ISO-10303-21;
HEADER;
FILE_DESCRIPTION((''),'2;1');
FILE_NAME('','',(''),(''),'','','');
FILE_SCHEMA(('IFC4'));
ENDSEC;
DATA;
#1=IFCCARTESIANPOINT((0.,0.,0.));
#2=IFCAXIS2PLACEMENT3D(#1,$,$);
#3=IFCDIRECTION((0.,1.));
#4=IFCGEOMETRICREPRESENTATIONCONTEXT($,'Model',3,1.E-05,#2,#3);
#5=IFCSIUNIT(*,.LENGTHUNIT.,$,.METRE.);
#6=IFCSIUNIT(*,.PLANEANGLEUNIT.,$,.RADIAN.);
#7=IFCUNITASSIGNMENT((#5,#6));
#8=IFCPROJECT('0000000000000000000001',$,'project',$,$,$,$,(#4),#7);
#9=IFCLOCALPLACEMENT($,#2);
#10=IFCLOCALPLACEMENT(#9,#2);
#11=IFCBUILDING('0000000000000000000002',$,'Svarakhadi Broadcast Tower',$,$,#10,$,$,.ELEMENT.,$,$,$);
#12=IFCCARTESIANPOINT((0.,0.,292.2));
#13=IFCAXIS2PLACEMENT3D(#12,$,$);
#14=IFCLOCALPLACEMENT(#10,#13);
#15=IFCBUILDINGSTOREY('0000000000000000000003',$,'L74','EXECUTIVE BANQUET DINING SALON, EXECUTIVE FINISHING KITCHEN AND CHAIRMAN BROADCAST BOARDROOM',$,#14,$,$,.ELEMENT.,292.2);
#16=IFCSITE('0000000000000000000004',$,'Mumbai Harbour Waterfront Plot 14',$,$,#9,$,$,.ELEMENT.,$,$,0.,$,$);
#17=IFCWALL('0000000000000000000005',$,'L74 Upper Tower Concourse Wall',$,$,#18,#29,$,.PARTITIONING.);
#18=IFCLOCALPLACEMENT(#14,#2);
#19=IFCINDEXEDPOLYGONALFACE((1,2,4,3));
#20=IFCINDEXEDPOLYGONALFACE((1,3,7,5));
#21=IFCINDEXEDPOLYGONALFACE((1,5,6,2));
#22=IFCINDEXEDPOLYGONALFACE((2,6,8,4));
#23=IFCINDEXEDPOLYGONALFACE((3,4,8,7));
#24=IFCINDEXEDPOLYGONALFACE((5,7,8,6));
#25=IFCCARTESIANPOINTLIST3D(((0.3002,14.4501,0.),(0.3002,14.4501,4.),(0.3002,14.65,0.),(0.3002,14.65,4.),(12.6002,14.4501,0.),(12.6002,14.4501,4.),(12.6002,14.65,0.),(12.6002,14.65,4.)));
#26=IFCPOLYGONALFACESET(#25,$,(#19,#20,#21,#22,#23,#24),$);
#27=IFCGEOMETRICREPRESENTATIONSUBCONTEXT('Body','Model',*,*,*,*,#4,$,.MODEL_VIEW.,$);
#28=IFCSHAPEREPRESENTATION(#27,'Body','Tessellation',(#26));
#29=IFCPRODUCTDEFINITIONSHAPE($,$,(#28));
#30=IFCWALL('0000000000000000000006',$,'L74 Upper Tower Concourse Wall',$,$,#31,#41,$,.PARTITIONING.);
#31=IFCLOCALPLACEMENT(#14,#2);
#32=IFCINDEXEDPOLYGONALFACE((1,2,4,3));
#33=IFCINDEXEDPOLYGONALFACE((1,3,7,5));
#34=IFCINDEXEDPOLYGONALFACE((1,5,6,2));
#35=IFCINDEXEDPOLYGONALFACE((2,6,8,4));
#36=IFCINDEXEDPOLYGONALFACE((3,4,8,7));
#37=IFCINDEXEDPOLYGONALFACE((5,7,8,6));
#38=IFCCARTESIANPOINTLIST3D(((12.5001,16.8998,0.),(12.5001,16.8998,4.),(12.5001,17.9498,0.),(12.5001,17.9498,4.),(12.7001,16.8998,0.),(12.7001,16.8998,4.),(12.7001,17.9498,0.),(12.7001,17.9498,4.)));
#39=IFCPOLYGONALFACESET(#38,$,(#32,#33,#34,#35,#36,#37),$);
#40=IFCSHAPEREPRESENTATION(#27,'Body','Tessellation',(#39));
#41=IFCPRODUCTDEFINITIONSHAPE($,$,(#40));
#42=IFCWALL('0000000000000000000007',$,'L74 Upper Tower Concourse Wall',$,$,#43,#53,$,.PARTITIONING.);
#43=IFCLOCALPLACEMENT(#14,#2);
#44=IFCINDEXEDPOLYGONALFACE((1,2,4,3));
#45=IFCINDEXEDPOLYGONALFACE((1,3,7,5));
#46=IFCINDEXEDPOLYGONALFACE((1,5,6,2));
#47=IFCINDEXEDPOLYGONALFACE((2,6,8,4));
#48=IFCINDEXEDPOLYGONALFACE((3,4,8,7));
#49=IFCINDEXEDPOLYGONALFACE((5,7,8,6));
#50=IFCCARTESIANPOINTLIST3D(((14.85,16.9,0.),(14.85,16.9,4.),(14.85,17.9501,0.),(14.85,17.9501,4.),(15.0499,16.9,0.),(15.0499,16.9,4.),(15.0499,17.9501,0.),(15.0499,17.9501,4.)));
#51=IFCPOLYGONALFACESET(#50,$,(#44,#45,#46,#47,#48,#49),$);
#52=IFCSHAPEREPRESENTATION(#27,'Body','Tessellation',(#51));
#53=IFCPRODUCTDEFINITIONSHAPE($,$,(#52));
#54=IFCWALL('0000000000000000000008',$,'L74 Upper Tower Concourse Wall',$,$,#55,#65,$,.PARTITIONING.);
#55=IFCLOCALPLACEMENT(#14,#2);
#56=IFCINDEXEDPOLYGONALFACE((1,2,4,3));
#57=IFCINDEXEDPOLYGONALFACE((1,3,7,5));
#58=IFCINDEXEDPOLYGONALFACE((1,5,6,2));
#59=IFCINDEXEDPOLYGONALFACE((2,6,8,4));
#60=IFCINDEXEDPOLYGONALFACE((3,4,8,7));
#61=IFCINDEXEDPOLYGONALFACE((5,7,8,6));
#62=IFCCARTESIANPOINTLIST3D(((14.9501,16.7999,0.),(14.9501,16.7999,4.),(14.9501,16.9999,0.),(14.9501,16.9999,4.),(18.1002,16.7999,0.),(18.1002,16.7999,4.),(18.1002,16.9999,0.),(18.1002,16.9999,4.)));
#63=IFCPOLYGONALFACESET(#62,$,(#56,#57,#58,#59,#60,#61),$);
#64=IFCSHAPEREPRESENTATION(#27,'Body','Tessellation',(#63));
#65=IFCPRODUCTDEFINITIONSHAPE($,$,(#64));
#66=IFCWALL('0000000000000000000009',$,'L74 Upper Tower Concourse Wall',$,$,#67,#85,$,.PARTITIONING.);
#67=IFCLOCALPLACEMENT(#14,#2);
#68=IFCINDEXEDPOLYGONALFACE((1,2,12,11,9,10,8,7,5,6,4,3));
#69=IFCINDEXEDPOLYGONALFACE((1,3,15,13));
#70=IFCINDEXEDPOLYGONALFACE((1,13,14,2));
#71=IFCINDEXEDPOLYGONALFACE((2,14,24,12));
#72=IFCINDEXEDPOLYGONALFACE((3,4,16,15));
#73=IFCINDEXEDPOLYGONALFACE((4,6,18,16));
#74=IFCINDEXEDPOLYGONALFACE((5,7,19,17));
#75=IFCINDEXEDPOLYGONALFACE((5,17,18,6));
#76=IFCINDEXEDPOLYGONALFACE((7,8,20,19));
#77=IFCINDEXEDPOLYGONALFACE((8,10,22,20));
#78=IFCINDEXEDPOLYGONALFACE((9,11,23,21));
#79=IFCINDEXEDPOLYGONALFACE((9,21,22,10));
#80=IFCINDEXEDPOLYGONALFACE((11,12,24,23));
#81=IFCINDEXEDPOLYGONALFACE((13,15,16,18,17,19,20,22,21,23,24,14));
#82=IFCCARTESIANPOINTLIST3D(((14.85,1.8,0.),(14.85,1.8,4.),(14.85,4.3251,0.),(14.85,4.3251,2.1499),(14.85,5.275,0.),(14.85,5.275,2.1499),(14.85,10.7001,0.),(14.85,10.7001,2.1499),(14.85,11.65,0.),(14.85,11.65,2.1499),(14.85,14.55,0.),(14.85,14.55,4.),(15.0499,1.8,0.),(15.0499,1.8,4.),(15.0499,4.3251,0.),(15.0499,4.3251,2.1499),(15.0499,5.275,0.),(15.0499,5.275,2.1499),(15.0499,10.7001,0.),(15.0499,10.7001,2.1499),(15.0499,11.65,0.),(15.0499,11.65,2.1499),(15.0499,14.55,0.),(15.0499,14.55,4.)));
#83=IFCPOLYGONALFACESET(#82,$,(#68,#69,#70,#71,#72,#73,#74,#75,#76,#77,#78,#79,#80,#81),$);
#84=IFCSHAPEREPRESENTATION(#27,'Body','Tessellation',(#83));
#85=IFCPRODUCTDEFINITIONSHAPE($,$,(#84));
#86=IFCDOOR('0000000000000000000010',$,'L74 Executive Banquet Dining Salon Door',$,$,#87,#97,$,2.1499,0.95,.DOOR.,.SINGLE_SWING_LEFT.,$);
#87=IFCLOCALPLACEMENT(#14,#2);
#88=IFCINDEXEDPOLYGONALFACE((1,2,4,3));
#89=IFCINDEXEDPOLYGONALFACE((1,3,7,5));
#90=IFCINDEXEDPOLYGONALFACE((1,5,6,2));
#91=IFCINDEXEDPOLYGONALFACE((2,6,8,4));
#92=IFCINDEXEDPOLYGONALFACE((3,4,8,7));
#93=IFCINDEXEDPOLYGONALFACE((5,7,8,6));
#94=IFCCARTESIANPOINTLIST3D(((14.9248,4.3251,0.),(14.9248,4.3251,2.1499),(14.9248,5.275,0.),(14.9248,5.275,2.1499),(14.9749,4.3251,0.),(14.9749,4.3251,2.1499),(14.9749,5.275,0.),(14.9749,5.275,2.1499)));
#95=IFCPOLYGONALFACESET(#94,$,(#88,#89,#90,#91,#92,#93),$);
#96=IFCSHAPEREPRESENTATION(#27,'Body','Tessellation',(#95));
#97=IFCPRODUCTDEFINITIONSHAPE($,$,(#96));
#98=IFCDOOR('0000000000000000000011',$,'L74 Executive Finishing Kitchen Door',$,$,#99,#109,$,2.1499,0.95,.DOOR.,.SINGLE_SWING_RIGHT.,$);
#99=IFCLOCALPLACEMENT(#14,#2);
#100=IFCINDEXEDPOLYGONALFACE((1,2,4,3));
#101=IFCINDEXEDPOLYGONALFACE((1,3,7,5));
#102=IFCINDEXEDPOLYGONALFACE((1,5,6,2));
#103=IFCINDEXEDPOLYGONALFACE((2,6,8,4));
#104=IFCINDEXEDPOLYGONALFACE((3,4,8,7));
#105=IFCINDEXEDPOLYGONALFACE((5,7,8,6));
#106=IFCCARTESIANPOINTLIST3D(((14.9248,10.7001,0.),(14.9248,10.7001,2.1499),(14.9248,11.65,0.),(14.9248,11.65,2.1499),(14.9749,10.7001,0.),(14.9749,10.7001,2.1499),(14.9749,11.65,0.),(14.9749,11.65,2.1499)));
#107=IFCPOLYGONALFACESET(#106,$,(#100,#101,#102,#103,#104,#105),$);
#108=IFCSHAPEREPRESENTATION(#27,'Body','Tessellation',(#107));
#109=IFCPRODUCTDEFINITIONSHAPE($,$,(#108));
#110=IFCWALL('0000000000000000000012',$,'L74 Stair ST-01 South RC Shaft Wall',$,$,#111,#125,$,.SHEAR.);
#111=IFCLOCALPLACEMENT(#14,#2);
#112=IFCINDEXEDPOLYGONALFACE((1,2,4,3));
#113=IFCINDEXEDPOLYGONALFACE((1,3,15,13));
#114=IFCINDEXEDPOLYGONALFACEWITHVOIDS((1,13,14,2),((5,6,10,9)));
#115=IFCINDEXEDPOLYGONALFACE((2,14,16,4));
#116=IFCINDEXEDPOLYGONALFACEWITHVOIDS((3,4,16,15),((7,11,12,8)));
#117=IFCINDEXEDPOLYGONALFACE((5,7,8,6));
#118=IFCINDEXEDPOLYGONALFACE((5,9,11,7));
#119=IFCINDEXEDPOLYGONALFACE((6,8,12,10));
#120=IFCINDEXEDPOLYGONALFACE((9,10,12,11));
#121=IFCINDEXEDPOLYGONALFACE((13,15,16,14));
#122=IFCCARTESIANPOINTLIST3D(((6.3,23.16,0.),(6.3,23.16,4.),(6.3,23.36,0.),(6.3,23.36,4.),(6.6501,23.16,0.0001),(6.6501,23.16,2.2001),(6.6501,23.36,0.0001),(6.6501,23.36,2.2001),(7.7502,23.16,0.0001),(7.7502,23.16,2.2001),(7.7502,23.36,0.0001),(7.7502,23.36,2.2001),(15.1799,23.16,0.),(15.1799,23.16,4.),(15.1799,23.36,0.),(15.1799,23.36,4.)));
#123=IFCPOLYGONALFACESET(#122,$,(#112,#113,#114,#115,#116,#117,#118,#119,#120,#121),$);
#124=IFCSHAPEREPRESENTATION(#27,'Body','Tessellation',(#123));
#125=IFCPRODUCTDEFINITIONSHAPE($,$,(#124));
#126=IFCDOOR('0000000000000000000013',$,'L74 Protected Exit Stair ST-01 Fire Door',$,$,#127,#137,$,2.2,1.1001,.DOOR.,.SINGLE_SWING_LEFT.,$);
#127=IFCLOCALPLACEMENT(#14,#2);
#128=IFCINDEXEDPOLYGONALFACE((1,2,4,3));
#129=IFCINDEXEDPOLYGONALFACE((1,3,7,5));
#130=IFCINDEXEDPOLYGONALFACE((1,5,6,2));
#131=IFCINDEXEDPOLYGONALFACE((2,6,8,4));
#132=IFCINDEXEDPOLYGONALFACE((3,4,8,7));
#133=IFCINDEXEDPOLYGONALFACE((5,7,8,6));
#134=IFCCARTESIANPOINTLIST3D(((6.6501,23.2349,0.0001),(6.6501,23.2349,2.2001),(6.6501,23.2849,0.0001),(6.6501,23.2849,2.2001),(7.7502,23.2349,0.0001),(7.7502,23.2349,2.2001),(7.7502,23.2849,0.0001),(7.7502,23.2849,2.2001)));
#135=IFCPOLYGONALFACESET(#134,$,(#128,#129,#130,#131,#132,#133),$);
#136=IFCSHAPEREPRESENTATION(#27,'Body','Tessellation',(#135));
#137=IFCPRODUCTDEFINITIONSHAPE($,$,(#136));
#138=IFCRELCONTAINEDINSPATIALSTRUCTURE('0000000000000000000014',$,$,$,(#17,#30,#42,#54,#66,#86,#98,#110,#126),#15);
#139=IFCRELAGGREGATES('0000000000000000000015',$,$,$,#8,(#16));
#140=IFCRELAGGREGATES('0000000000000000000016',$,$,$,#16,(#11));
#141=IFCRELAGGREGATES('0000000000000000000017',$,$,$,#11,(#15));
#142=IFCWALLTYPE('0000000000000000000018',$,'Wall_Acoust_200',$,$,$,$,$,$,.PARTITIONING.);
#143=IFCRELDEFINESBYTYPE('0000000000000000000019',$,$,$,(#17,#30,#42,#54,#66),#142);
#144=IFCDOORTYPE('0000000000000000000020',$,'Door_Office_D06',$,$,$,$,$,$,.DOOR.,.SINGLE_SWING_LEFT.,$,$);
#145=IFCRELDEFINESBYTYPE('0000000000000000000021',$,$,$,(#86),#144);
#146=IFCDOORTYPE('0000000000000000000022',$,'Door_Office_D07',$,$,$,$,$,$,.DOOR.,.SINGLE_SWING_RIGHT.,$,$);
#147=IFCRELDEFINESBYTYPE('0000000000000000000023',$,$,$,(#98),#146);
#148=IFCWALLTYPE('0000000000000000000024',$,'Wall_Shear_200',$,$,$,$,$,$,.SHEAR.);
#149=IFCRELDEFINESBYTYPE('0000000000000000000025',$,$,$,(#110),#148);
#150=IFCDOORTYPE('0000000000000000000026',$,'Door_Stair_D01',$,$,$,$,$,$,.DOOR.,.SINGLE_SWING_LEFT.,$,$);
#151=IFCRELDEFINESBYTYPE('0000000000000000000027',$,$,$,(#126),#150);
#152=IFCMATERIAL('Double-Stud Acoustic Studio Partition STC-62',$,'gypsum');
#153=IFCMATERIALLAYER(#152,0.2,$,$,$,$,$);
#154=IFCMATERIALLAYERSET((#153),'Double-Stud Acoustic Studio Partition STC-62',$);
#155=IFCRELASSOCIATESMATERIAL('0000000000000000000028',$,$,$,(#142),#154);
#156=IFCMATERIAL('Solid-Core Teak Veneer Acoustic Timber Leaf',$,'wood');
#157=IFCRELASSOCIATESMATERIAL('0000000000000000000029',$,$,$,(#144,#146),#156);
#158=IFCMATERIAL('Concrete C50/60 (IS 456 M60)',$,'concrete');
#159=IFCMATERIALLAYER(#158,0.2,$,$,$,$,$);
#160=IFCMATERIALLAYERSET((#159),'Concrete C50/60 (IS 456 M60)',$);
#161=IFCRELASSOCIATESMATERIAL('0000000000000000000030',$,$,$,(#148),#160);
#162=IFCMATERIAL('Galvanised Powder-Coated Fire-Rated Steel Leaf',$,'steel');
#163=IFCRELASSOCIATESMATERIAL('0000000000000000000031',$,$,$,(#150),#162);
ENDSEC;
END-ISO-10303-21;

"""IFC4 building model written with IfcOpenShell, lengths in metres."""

from ifc_helpers import new_model, si_unit, direction, frame, frame_2d, origin, place, context, subcontext, project, spatial, rectangle, extrude, material, layer, layer_set, type_object, element, fill, save


model = new_model("IFC4")

# Units and contexts
model_context = context("Model", 3, precision=1e-05, world=origin(), true_north=direction((0.0, 1.0)))
body_context = subcontext(model_context, "Body", "Model", "MODEL_VIEW")
ifc_project = project(units=[si_unit("LENGTHUNIT", "METRE"), si_unit("PLANEANGLEUNIT", "RADIAN")], contexts=[model_context])

# Site, building, storey
site_placement = place(None, origin())
site = spatial("IfcSite", under=ifc_project, at=site_placement, Name="Mumbai Harbour Waterfront Plot 14", CompositionType="ELEMENT", RefElevation=0.0)
building_placement = place(site_placement, origin())
building = spatial("IfcBuilding", under=site, at=building_placement, Name="Svarakhadi Broadcast Tower", CompositionType="ELEMENT")
storey_placement = place(building_placement, frame((0.0, 0.0, 292.2)))
storey = spatial("IfcBuildingStorey", under=building, at=storey_placement, Name="L74", Description="EXECUTIVE BANQUET DINING SALON, EXECUTIVE FINISHING KITCHEN AND CHAIRMAN BROADCAST BOARDROOM", CompositionType="ELEMENT", Elevation=292.2)

# Shared definitions
ifc_material_1 = material(Name="Concrete C50/60 (IS 456 M60)", Category="concrete")

# Walls
ifc_material_2 = material(Name="Double-Stud Acoustic Studio Partition STC-62", Category="gypsum")
ifc_layer_1 = layer(ifc_material_2, 0.2)
ifc_layer_set_1 = layer_set([ifc_layer_1], Name="Double-Stud Acoustic Studio Partition STC-62")
wall_type_1 = type_object("IfcWallType", Name="Wall_Acoust_200", PredefinedType="PARTITIONING", material=ifc_layer_set_1)
wall_1_placement = place(storey_placement, frame((12.6001, 14.55, 0.0), z_axis=(0.0, 0.0, 1.0), x_axis=(-1.0, 0.0, 0.0)))
element("IfcWall", 1, at=wall_1_placement, inside=storey, type_object=wall_type_1, Name="L74 Upper Tower Concourse Wall", PredefinedType="PARTITIONING", context=body_context, shape_type="SweptSolid", body=[
    extrude(rectangle(XDim=12.3, YDim=0.2, at=frame_2d((6.1499, 0.0))), origin(), (0.0, 0.0, 1.0), 4.0),
])
for number, where, z_axis, x_axis, name in (
    (2, (12.6001, 16.8999, 0.0), (0.0, 0.0, 1.0), (0.0, 1.0, 0.0), "L74 Upper Tower Concourse Wall"),
    (3, (14.95, 17.95, 0.0), (0.0, 0.0, 1.0), (0.0, -1.0, 0.0), "L74 Upper Tower Concourse Wall"),
):
    element("IfcWall", number, at=place(storey_placement, frame(where, z_axis=z_axis, x_axis=x_axis)), inside=storey, type_object=wall_type_1, Name=name, PredefinedType="PARTITIONING", context=body_context, shape_type="SweptSolid", body=[
        extrude(rectangle(XDim=1.05, YDim=0.2, at=frame_2d((0.5249, 0.0))), origin(), (0.0, 0.0, 1.0), 4.0),
    ])
wall_2_placement = place(storey_placement, frame((14.95, 16.8999, 0.0), z_axis=(0.0, 0.0, 1.0), x_axis=(1.0, 0.0, 0.0)))
element("IfcWall", 4, at=wall_2_placement, inside=storey, type_object=wall_type_1, Name="L74 Upper Tower Concourse Wall", PredefinedType="PARTITIONING", context=body_context, shape_type="SweptSolid", body=[
    extrude(rectangle(XDim=3.1501, YDim=0.2, at=frame_2d((1.5752, 0.0))), origin(), (0.0, 0.0, 1.0), 4.0),
])

# Wall, openings, doors
wall_3_placement = place(storey_placement, frame((14.95, 14.55, 0.0), z_axis=(0.0, 0.0, 1.0), x_axis=(0.0, -1.0, 0.0)))
wall_3 = element("IfcWall", 5, at=wall_3_placement, inside=storey, type_object=wall_type_1, Name="L74 Upper Tower Concourse Wall", PredefinedType="PARTITIONING", context=body_context, shape_type="SweptSolid", body=[
    extrude(rectangle(XDim=12.75, YDim=0.2, at=frame_2d((6.375, 0.0))), origin(), (0.0, 0.0, 1.0), 4.0),
])
opening_1_placement = place(wall_3_placement, frame((9.2749, 0.0, 0.0)))
opening_1 = element("IfcOpeningElement", 6, at=opening_1_placement, cuts=wall_3, PredefinedType="OPENING", context=body_context, shape_type="SweptSolid", body=[
    extrude(rectangle(XDim=0.95, YDim=2.1499, at=frame_2d((0.4751, 1.075))), frame((0.0, 0.1099, 0.0), z_axis=(0.0, -1.0, 0.0), x_axis=(1.0, 0.0, 0.0)), (0.0, 0.0, 1.0), 0.22),
])
opening_2_placement = place(wall_3_placement, frame((2.8999, 0.0, 0.0)))
opening_2 = element("IfcOpeningElement", 7, at=opening_2_placement, cuts=wall_3, PredefinedType="OPENING", context=body_context, shape_type="SweptSolid", body=[
    extrude(rectangle(XDim=0.95, YDim=2.1499, at=frame_2d((0.4751, 1.075))), frame((0.0, 0.1099, 0.0), z_axis=(0.0, -1.0, 0.0), x_axis=(1.0, 0.0, 0.0)), (0.0, 0.0, 1.0), 0.22),
])
ifc_material_3 = material(Name="Solid-Core Teak Veneer Acoustic Timber Leaf", Category="wood")
door_type_1 = type_object("IfcDoorType", Name="Door_Office_D06", OperationType="SINGLE_SWING_LEFT", PredefinedType="DOOR", material=ifc_material_3)
door_1_placement = place(opening_1_placement, origin())
door_1 = element("IfcDoor", 8, at=door_1_placement, inside=storey, type_object=door_type_1, Name="L74 Executive Banquet Dining Salon Door", OperationType="SINGLE_SWING_LEFT", OverallHeight=2.1499, OverallWidth=0.95, PredefinedType="DOOR", context=body_context, shape_type="SweptSolid", body=[
    extrude(rectangle(XDim=0.95, YDim=2.1499, at=frame_2d((0.4751, 1.075))), frame((0.0, 0.0249, 0.0), z_axis=(0.0, -1.0, 0.0), x_axis=(1.0, 0.0, 0.0)), (0.0, 0.0, 1.0), 0.05),
])
fill(opening_1, door_1)
door_type_2 = type_object("IfcDoorType", Name="Door_Office_D07", OperationType="SINGLE_SWING_RIGHT", PredefinedType="DOOR", material=ifc_material_3)
door_2_placement = place(opening_2_placement, origin())
door_2 = element("IfcDoor", 9, at=door_2_placement, inside=storey, type_object=door_type_2, Name="L74 Executive Finishing Kitchen Door", OperationType="SINGLE_SWING_RIGHT", OverallHeight=2.1499, OverallWidth=0.95, PredefinedType="DOOR", context=body_context, shape_type="SweptSolid", body=[
    extrude(rectangle(XDim=0.95, YDim=2.1499, at=frame_2d((0.4751, 1.075))), frame((0.0, 0.0249, 0.0), z_axis=(0.0, -1.0, 0.0), x_axis=(1.0, 0.0, 0.0)), (0.0, 0.0, 1.0), 0.05),
])
fill(opening_2, door_2)

# Wall, opening, door
ifc_layer_2 = layer(ifc_material_1, 0.2)
ifc_layer_set_2 = layer_set([ifc_layer_2], Name="Concrete C50/60 (IS 456 M60)")
wall_type_2 = type_object("IfcWallType", Name="Wall_Shear_200", PredefinedType="SHEAR", material=ifc_layer_set_2)
wall_4_placement = place(storey_placement, frame((6.3, 23.26, 0.0), z_axis=(0.0, 0.0, 1.0), x_axis=(1.0, 0.0, 0.0)))
wall_4 = element("IfcWall", 10, at=wall_4_placement, inside=storey, type_object=wall_type_2, Name="L74 Stair ST-01 South RC Shaft Wall", PredefinedType="SHEAR", context=body_context, shape_type="SweptSolid", body=[
    extrude(rectangle(XDim=8.8799, YDim=0.2, at=frame_2d((4.4399, 0.0))), origin(), (0.0, 0.0, 1.0), 4.0),
])
opening_3_placement = place(wall_4_placement, frame((0.3501, 0.0, 0.0)))
opening_3 = element("IfcOpeningElement", 11, at=opening_3_placement, cuts=wall_4, PredefinedType="OPENING", context=body_context, shape_type="SweptSolid", body=[
    extrude(rectangle(XDim=1.1001, YDim=2.2, at=frame_2d((0.55, 1.1001))), frame((0.0, 0.1099, 0.0), z_axis=(0.0, -1.0, 0.0), x_axis=(1.0, 0.0, 0.0)), (0.0, 0.0, 1.0), 0.22),
])
ifc_material_4 = material(Name="Galvanised Powder-Coated Fire-Rated Steel Leaf", Category="steel")
door_type_3 = type_object("IfcDoorType", Name="Door_Stair_D01", OperationType="SINGLE_SWING_LEFT", PredefinedType="DOOR", material=ifc_material_4)
door_3_placement = place(opening_3_placement, origin())
door_3 = element("IfcDoor", 12, at=door_3_placement, inside=storey, type_object=door_type_3, Name="L74 Protected Exit Stair ST-01 Fire Door", OperationType="SINGLE_SWING_LEFT", OverallHeight=2.2, OverallWidth=1.1001, PredefinedType="DOOR", context=body_context, shape_type="SweptSolid", body=[
    extrude(rectangle(XDim=1.1001, YDim=2.2, at=frame_2d((0.55, 1.1001))), frame((0.0, 0.0249, 0.0), z_axis=(0.0, -1.0, 0.0), x_axis=(1.0, 0.0, 0.0)), (0.0, 0.0, 1.0), 0.05),
])
fill(opening_3, door_3)

save(model, "model.ifc")
